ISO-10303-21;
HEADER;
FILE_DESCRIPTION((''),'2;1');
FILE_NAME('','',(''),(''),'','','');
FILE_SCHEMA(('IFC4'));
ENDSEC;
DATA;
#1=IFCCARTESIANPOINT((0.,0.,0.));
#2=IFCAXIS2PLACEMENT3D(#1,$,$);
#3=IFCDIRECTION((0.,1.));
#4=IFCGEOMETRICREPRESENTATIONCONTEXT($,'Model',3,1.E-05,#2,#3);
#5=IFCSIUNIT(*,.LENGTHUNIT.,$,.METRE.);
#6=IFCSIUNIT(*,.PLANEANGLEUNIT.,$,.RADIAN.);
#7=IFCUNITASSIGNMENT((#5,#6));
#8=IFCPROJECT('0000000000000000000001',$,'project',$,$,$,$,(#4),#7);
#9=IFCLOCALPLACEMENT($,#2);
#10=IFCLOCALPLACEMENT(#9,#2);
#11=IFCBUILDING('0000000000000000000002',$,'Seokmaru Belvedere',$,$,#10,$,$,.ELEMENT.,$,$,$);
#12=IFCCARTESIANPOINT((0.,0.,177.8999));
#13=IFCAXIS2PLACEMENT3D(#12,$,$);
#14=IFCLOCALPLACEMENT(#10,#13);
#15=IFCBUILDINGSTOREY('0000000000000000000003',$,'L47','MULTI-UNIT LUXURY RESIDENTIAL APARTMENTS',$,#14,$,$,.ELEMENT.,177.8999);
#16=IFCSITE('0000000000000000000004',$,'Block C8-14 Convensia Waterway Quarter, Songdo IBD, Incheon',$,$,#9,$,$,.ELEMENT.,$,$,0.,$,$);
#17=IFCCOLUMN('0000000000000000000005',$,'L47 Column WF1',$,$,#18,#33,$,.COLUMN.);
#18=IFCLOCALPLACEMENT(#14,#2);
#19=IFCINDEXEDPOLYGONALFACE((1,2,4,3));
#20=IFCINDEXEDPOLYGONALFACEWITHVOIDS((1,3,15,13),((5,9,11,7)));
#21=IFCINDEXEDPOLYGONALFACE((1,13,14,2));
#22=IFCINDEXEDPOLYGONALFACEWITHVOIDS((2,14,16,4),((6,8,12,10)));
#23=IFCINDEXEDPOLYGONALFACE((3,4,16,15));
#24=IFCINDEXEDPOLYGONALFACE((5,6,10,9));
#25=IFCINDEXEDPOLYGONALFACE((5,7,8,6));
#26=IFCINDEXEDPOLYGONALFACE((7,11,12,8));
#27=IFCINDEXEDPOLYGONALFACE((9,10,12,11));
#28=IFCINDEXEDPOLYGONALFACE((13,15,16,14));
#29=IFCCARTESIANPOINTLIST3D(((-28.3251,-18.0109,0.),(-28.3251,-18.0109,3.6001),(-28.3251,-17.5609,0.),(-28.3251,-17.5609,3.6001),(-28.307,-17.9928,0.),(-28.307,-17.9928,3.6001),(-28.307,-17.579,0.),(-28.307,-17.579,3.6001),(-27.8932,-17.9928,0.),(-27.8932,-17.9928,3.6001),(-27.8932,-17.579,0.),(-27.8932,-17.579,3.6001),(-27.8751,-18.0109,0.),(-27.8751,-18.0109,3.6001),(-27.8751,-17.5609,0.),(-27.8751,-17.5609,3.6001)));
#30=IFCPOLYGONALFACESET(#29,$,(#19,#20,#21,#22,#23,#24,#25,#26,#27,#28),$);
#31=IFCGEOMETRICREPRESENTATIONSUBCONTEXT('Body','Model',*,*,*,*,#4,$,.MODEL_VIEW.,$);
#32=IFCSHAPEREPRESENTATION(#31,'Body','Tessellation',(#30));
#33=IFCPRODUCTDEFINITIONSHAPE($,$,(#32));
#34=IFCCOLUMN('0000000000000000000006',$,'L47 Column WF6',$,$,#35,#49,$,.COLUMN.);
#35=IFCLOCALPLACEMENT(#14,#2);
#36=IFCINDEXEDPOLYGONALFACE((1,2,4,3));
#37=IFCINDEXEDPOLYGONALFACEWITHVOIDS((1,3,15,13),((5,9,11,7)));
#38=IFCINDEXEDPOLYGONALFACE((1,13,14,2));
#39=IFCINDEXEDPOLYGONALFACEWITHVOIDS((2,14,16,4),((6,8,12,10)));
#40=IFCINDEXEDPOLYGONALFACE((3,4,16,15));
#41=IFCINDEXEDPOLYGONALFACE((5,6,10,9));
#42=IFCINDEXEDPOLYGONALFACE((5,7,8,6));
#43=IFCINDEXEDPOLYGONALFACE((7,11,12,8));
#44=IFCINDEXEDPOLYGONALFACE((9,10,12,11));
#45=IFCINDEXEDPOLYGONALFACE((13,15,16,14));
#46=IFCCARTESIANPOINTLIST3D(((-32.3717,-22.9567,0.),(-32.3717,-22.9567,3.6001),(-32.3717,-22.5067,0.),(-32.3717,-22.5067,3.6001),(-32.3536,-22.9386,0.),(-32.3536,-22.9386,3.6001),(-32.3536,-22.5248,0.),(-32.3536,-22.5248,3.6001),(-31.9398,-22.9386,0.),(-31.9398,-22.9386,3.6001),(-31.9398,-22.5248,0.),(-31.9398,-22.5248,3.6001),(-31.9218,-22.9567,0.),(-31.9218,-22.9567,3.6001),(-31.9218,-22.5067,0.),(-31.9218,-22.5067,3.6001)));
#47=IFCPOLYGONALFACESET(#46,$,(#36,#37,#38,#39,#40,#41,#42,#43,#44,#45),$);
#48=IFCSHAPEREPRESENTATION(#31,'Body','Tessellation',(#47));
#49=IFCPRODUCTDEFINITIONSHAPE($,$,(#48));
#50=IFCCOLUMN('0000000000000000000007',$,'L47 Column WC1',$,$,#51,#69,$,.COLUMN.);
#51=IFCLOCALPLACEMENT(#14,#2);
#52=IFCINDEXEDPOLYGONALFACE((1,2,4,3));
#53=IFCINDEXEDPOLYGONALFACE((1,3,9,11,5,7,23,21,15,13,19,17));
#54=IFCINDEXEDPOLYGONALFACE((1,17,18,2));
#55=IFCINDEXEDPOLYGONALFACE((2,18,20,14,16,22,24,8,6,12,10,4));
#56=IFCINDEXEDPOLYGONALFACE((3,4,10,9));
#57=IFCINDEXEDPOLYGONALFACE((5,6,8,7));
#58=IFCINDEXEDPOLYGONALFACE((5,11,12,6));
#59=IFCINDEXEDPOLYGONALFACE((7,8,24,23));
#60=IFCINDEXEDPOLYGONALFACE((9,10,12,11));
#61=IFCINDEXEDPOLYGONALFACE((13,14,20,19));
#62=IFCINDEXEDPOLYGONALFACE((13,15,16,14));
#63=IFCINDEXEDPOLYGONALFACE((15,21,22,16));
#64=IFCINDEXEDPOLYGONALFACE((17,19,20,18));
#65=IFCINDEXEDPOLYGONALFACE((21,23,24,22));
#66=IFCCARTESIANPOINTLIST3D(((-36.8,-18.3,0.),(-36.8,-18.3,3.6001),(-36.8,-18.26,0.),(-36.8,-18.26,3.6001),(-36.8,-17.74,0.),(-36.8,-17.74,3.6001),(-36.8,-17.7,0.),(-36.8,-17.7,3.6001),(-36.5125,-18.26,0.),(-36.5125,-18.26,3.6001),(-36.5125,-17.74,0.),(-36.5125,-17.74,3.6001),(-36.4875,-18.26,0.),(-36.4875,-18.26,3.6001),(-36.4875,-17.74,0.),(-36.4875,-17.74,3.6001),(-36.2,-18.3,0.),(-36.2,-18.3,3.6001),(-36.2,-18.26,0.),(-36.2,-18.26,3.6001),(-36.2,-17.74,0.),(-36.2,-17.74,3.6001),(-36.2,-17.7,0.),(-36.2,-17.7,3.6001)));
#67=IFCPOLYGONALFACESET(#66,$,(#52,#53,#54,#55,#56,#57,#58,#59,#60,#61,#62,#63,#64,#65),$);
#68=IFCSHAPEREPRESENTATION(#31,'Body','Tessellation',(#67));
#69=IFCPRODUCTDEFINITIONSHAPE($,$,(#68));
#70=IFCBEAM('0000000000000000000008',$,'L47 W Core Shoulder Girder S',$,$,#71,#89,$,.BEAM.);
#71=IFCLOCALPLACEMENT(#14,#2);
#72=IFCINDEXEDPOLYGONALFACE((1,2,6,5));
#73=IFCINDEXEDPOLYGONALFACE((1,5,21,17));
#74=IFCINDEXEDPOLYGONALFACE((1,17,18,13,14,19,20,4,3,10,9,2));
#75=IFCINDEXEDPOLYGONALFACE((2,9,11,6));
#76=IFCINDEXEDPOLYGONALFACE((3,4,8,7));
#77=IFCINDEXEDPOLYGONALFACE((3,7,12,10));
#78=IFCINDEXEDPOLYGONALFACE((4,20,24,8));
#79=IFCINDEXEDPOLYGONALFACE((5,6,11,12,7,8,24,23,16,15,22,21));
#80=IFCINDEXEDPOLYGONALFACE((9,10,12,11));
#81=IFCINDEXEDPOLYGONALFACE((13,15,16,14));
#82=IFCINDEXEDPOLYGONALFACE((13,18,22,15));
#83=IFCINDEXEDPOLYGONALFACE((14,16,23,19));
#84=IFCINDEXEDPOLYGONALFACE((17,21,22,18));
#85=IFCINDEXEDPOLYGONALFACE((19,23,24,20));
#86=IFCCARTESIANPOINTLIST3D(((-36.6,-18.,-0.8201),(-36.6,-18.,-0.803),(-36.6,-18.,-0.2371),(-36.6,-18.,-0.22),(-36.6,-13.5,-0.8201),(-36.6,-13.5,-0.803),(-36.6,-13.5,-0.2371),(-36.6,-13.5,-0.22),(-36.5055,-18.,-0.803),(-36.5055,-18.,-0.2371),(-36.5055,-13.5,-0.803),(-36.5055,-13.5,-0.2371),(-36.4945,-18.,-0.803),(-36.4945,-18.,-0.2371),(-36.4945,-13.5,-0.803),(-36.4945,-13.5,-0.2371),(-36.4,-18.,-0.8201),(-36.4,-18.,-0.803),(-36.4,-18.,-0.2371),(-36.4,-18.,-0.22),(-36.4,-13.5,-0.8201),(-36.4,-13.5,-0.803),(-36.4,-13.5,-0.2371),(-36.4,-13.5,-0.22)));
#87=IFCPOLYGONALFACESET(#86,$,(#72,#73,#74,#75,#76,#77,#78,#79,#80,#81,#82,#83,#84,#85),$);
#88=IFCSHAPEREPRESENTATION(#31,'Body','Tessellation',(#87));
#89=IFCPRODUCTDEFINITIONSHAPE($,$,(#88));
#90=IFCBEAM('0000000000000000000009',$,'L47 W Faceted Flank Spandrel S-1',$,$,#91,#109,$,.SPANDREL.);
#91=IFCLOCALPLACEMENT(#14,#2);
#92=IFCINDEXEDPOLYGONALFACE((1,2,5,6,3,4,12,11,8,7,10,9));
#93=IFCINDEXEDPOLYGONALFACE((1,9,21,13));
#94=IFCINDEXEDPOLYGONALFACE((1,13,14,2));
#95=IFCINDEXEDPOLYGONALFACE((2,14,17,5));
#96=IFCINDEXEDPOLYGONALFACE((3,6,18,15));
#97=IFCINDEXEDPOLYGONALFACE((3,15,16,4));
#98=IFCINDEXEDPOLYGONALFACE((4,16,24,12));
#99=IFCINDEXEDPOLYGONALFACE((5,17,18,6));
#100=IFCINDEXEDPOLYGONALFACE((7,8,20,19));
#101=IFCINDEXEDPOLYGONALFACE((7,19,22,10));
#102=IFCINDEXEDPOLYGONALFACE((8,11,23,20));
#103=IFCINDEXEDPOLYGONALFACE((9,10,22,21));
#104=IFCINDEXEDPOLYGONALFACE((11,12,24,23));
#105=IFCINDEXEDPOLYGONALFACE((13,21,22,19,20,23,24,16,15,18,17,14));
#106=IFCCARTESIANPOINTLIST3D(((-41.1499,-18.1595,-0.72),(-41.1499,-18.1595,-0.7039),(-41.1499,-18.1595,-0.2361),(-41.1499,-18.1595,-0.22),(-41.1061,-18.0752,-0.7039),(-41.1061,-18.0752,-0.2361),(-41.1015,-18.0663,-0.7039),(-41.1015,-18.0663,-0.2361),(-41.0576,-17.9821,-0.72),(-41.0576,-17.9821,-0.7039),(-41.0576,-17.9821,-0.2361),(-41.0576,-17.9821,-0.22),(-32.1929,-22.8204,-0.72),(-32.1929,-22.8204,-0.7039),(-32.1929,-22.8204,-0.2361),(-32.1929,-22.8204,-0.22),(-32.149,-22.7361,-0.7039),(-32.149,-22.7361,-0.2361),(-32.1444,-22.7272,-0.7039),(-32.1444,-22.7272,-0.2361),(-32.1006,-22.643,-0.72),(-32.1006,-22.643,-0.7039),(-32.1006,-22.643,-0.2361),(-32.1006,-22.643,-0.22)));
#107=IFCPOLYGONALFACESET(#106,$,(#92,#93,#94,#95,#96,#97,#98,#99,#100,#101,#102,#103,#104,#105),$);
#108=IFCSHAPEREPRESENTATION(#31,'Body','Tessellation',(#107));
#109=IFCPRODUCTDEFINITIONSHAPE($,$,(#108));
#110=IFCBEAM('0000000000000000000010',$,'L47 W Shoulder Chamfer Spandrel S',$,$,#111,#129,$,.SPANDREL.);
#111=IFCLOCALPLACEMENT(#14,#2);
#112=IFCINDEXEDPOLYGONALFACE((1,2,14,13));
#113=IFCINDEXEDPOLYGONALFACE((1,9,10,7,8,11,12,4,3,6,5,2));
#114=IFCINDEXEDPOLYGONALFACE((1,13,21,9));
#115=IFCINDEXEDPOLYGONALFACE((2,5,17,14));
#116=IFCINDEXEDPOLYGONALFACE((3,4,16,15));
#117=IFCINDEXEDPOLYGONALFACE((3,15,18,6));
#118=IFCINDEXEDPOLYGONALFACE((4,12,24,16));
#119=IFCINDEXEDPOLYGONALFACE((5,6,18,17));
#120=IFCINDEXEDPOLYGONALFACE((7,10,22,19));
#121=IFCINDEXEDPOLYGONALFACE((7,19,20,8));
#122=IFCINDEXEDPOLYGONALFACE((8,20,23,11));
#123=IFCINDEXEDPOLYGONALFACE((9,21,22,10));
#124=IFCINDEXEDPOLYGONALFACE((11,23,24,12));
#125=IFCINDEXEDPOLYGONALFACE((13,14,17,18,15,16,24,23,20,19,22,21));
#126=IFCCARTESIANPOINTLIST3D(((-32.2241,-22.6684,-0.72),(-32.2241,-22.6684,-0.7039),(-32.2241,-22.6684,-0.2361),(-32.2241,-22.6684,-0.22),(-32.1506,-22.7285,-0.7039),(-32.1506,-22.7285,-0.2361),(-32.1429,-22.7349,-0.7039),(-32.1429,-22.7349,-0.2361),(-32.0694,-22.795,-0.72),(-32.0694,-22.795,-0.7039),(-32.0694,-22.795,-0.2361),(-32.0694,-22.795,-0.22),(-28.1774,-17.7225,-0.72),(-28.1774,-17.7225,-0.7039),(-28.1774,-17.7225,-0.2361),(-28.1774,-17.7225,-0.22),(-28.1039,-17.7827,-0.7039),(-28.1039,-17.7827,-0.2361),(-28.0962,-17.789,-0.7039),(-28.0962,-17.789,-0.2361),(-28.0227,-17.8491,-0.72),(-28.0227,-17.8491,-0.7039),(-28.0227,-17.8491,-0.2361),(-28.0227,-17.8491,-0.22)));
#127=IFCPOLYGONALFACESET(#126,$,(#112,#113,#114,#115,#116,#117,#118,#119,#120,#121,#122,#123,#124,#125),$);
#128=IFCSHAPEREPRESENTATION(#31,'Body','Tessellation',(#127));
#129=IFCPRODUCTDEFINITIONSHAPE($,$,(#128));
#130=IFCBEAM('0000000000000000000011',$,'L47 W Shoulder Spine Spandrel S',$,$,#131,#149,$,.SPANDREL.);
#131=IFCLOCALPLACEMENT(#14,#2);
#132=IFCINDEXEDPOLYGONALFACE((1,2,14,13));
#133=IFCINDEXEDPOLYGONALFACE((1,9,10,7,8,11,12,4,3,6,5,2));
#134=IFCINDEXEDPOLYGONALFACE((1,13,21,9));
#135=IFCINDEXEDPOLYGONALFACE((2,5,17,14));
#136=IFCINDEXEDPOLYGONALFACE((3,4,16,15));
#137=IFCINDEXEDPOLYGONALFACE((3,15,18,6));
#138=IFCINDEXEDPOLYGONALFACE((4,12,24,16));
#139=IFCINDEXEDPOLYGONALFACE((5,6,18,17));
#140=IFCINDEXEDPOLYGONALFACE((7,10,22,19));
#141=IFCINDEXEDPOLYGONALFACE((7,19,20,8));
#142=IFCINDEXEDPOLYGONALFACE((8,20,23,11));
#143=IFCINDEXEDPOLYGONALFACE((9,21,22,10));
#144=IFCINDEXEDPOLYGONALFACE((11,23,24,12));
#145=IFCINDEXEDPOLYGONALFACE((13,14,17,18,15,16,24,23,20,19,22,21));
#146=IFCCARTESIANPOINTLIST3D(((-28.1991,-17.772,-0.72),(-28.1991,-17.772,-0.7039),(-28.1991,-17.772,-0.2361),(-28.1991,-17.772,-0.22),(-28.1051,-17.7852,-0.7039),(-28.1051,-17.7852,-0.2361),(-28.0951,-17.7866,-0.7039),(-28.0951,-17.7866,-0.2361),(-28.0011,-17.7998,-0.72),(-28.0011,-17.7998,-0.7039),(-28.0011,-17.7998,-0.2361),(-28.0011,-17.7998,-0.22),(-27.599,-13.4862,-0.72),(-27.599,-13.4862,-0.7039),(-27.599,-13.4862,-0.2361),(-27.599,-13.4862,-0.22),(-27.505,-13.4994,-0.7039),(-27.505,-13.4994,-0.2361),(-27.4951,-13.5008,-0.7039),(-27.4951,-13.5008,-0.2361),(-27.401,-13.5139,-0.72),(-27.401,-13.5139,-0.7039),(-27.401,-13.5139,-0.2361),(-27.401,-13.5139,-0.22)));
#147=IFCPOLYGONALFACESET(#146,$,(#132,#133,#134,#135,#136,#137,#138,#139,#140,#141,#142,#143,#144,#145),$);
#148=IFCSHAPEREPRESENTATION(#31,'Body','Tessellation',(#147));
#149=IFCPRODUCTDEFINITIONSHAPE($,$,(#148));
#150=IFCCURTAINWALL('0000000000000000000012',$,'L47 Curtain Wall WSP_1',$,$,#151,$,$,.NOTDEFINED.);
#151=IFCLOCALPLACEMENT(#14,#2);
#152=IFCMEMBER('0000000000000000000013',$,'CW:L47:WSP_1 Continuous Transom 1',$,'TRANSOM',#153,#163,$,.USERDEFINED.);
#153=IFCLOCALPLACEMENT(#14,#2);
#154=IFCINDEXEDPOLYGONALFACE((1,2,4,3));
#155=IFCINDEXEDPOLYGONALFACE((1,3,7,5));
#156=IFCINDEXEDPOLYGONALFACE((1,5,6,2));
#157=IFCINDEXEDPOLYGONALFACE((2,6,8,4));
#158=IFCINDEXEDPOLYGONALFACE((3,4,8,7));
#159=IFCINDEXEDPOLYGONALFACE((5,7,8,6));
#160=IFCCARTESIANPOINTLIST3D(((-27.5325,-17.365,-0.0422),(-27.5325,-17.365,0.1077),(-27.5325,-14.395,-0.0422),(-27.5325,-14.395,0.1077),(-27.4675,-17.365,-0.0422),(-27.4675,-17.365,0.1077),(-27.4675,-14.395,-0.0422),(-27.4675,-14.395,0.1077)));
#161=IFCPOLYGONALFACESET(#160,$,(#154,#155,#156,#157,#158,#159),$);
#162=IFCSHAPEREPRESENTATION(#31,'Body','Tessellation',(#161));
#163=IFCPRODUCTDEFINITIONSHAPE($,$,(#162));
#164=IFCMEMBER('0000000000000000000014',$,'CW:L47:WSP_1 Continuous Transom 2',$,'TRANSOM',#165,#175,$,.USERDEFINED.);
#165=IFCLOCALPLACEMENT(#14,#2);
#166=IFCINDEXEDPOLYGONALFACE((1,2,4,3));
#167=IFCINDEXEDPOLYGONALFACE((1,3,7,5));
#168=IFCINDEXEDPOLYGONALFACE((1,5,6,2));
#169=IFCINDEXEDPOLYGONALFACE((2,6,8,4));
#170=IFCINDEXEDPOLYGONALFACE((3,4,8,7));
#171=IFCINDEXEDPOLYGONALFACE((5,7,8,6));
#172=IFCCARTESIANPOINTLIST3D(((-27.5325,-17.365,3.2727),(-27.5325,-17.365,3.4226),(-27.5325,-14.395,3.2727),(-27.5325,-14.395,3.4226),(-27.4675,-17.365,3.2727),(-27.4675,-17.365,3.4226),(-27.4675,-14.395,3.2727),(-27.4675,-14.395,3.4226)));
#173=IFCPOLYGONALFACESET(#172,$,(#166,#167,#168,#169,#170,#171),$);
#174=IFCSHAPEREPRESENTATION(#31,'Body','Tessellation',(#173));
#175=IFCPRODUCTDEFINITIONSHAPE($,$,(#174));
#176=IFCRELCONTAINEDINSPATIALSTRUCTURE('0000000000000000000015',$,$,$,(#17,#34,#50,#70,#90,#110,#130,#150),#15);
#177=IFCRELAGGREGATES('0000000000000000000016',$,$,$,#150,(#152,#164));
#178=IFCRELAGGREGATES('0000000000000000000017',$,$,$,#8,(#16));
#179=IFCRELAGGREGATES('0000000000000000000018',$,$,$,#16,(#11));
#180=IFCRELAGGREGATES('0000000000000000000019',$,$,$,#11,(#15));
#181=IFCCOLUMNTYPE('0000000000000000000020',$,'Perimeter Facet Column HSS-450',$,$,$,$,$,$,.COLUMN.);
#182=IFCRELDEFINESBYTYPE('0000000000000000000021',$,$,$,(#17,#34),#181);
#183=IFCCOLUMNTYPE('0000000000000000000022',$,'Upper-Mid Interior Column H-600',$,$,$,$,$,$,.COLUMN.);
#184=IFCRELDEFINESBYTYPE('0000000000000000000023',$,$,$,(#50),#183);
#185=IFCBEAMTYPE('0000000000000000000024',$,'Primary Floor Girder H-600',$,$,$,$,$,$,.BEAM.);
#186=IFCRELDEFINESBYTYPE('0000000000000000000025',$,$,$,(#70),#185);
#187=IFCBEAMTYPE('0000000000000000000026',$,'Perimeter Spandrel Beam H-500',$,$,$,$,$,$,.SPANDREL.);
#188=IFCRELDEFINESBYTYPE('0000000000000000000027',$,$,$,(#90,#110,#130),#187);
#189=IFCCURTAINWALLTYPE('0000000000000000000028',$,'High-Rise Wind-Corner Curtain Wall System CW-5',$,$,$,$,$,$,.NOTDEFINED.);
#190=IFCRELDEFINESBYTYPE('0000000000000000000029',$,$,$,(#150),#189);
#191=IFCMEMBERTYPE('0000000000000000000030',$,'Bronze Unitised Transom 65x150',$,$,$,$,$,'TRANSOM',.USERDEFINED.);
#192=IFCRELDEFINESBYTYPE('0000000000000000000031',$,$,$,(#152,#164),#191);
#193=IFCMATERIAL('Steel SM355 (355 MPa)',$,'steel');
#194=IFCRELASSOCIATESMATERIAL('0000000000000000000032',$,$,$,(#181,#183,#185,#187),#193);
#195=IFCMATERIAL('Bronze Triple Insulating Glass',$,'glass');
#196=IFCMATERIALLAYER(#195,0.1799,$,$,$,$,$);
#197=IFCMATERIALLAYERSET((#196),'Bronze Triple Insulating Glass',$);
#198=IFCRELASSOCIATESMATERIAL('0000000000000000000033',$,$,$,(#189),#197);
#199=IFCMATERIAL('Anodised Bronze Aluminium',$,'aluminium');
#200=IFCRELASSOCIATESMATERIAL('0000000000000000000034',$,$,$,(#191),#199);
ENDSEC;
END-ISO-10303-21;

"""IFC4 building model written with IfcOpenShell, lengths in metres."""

from ifc_helpers import new_model, si_unit, direction, frame, origin, origin_2d, place, context, subcontext, project, spatial, rectangle, hollow_rectangle, i_section, extrude, source, transform, mapped, material, layer, layer_set, material_profile, profile_set, type_object, type_shapes, element, aggregate, save


model = new_model("IFC4")

# Units and contexts
model_context = context("Model", 3, precision=1e-05, world=origin(), true_north=direction((0.0, 1.0)))
body_context = subcontext(model_context, "Body", "Model", "MODEL_VIEW")
ifc_project = project(units=[si_unit("LENGTHUNIT", "METRE"), si_unit("PLANEANGLEUNIT", "RADIAN")], contexts=[model_context])

# Site, building, storey
site_placement = place(None, origin())
site = spatial("IfcSite", under=ifc_project, at=site_placement, Name="Block C8-14 Convensia Waterway Quarter, Songdo IBD, Incheon", CompositionType="ELEMENT", RefElevation=0.0)
building_placement = place(site_placement, origin())
building = spatial("IfcBuilding", under=site, at=building_placement, Name="Seokmaru Belvedere", CompositionType="ELEMENT")
storey_placement = place(building_placement, frame((0.0, 0.0, 177.8999)))
storey = spatial("IfcBuildingStorey", under=building, at=storey_placement, Name="L47", Description="MULTI-UNIT LUXURY RESIDENTIAL APARTMENTS", CompositionType="ELEMENT", Elevation=177.8999)

# Columns
ifc_material_1 = material(Name="Steel SM355 (355 MPa)", Category="steel")
ifc_material_profile_1 = material_profile(ifc_material_1, hollow_rectangle(XDim=0.45, YDim=0.45, WallThickness=0.0181, at=origin_2d()), Name="HSS-450x450x18")
ifc_profile_set_1 = profile_set([ifc_material_profile_1], Name="Steel SM355 (355 MPa)")
column_type_1 = type_object("IfcColumnType", Name="Perimeter Facet Column HSS-450", PredefinedType="COLUMN", material=ifc_profile_set_1)
shared_shape_1 = source(origin(), body_context, "Body", "SweptSolid", [
    extrude(hollow_rectangle(XDim=0.45, YDim=0.45, WallThickness=0.0181, at=origin_2d()), origin(), (0.0, 0.0, 1.0), 3.6001),
])
type_shapes(column_type_1, [shared_shape_1])
for number, where, z_axis, x_axis, name in (
    (1, (-28.1001, -17.7859, 0.0), (0.0, 0.0, 1.0), (1.0, 0.0, 0.0), "L47 Column WF1"),
    (2, (-32.1467, -22.7317, 0.0), (0.0, 0.0, 1.0), (1.0, 0.0, 0.0), "L47 Column WF6"),
):
    element("IfcColumn", number, at=place(storey_placement, frame(where, z_axis=z_axis, x_axis=x_axis)), inside=storey, type_object=column_type_1, Name=name, PredefinedType="COLUMN", context=body_context, shape_type="MappedRepresentation", body=[
        mapped(shared_shape_1, transform((0.0, 0.0, 0.0), scale=1.0)),
    ])
ifc_material_profile_2 = material_profile(ifc_material_1, i_section(OverallWidth=0.6001, OverallDepth=0.6001, WebThickness=0.0249, FlangeThickness=0.04, at=origin_2d()), Name="H-600x600x25x40")
ifc_profile_set_2 = profile_set([ifc_material_profile_2], Name="Steel SM355 (355 MPa)")
column_type_2 = type_object("IfcColumnType", Name="Upper-Mid Interior Column H-600", PredefinedType="COLUMN", material=ifc_profile_set_2)
shared_shape_2 = source(origin(), body_context, "Body", "SweptSolid", [
    extrude(i_section(OverallWidth=0.6001, OverallDepth=0.6001, WebThickness=0.0249, FlangeThickness=0.04, at=origin_2d()), origin(), (0.0, 0.0, 1.0), 3.6001),
])
type_shapes(column_type_2, [shared_shape_2])
column_placement = place(storey_placement, frame((-36.5, -18.0, 0.0), z_axis=(0.0, 0.0, 1.0), x_axis=(1.0, 0.0, 0.0)))
element("IfcColumn", 3, at=column_placement, inside=storey, type_object=column_type_2, Name="L47 Column WC1", PredefinedType="COLUMN", context=body_context, shape_type="MappedRepresentation", body=[
    mapped(shared_shape_2, transform((0.0, 0.0, 0.0), scale=1.0)),
])

# Beams
ifc_material_profile_3 = material_profile(ifc_material_1, i_section(OverallWidth=0.2, OverallDepth=0.6001, WebThickness=0.011, FlangeThickness=0.0171, at=origin_2d()), Name="H-600x200x11x17")
ifc_profile_set_3 = profile_set([ifc_material_profile_3], Name="Steel SM355 (355 MPa)")
beam_type_1 = type_object("IfcBeamType", Name="Primary Floor Girder H-600", PredefinedType="BEAM", material=ifc_profile_set_3)
shared_shape_3 = source(origin(), body_context, "Body", "SweptSolid", [
    extrude(i_section(OverallWidth=0.2, OverallDepth=0.6001, WebThickness=0.011, FlangeThickness=0.0171, at=origin_2d()), origin(), (0.0, 0.0, 1.0), 4.5),
])
type_shapes(beam_type_1, [shared_shape_3])
beam_1_placement = place(storey_placement, frame((-36.5, -18.0, -0.52), z_axis=(0.0, 1.0, 0.0), x_axis=(-1.0, 0.0, 0.0)))
element("IfcBeam", 4, at=beam_1_placement, inside=storey, type_object=beam_type_1, Name="L47 W Core Shoulder Girder S", PredefinedType="BEAM", context=body_context, shape_type="MappedRepresentation", body=[
    mapped(shared_shape_3, transform((0.0, 0.0, 0.0), scale=1.0)),
])
ifc_material_profile_4 = material_profile(ifc_material_1, i_section(OverallWidth=0.2, OverallDepth=0.5, WebThickness=0.01, FlangeThickness=0.0161, at=origin_2d()), Name="H-500x200x10x16")
ifc_profile_set_4 = profile_set([ifc_material_profile_4], Name="Steel SM355 (355 MPa)")
beam_type_2 = type_object("IfcBeamType", Name="Perimeter Spandrel Beam H-500", PredefinedType="SPANDREL", material=ifc_profile_set_4)
shared_shape_4 = source(origin(), body_context, "Body", "SweptSolid", [
    extrude(i_section(OverallWidth=0.2, OverallDepth=0.5, WebThickness=0.01, FlangeThickness=0.0161, at=origin_2d()), origin(), (0.0, 0.0, 1.0), 10.0972),
])
beam_2_placement = place(storey_placement, frame((-32.1467, -22.7317, -0.47), z_axis=(-0.887086, 0.461605, 0.0), x_axis=(-0.461605, -0.887086, 0.0)))
element("IfcBeam", 5, at=beam_2_placement, inside=storey, type_object=beam_type_2, Name="L47 W Faceted Flank Spandrel S-1", PredefinedType="SPANDREL", context=body_context, shape_type="MappedRepresentation", body=[
    mapped(shared_shape_4, transform((0.0, 0.0, 0.0), scale=1.0)),
])
shared_shape_5 = source(origin(), body_context, "Body", "SweptSolid", [
    extrude(i_section(OverallWidth=0.2, OverallDepth=0.5, WebThickness=0.01, FlangeThickness=0.0161, at=origin_2d()), origin(), (0.0, 0.0, 1.0), 6.3904),
])
beam_3_placement = place(storey_placement, frame((-32.1467, -22.7317, -0.47), z_axis=(0.633244, 0.773952, 0.0), x_axis=(-0.773952, 0.633244, 0.0)))
element("IfcBeam", 6, at=beam_3_placement, inside=storey, type_object=beam_type_2, Name="L47 W Shoulder Chamfer Spandrel S", PredefinedType="SPANDREL", context=body_context, shape_type="MappedRepresentation", body=[
    mapped(shared_shape_5, transform((0.0, 0.0, 0.0), scale=1.0)),
])
shared_shape_6 = source(origin(), body_context, "Body", "SweptSolid", [
    extrude(i_section(OverallWidth=0.2, OverallDepth=0.5, WebThickness=0.01, FlangeThickness=0.0161, at=origin_2d()), origin(), (0.0, 0.0, 1.0), 4.3276),
])
type_shapes(beam_type_2, [shared_shape_4, shared_shape_5, shared_shape_6])
beam_4_placement = place(storey_placement, frame((-28.1001, -17.7859, -0.47), z_axis=(0.138664, 0.990339, 0.0), x_axis=(-0.990339, 0.138664, 0.0)))
element("IfcBeam", 7, at=beam_4_placement, inside=storey, type_object=beam_type_2, Name="L47 W Shoulder Spine Spandrel S", PredefinedType="SPANDREL", context=body_context, shape_type="MappedRepresentation", body=[
    mapped(shared_shape_6, transform((0.0, 0.0, 0.0), scale=1.0)),
])

# Curtain wall, members
ifc_material_2 = material(Name="Bronze Triple Insulating Glass", Category="glass")
ifc_layer_1 = layer(ifc_material_2, 0.1799)
ifc_layer_set_1 = layer_set([ifc_layer_1], Name="Bronze Triple Insulating Glass")
curtain_wall_type = type_object("IfcCurtainWallType", Name="High-Rise Wind-Corner Curtain Wall System CW-5", PredefinedType="NOTDEFINED", material=ifc_layer_set_1)
curtain_wall_1_placement = place(storey_placement, origin())
curtain_wall_1 = element("IfcCurtainWall", 8, at=curtain_wall_1_placement, inside=storey, type_object=curtain_wall_type, Name="L47 Curtain Wall WSP_1", PredefinedType="NOTDEFINED")
ifc_material_3 = material(Name="Anodised Bronze Aluminium", Category="aluminium")
ifc_material_profile_5 = material_profile(ifc_material_3, rectangle(XDim=0.0649, YDim=0.1499, at=origin_2d()), Name="CW-T-65x150")
ifc_profile_set_5 = profile_set([ifc_material_profile_5], Name="Anodised Bronze Aluminium")
member_type_1 = type_object("IfcMemberType", Name="Bronze Unitised Transom 65x150", ElementType="TRANSOM", PredefinedType="USERDEFINED", material=ifc_profile_set_5)
shared_shape_7 = source(origin(), body_context, "Body", "SweptSolid", [
    extrude(rectangle(XDim=0.0649, YDim=0.1499, at=origin_2d()), origin(), (0.0, 0.0, 1.0), 2.97),
])
member_1_placement = place(storey_placement, frame((-27.5, -17.365, 0.0327), z_axis=(0.0, 1.0, 0.0), x_axis=(-1.0, 0.0, 0.0)))
member_1 = element("IfcMember", 9, at=member_1_placement, type_object=member_type_1, Name="CW:L47:WSP_1 Continuous Transom 1", ObjectType="TRANSOM", PredefinedType="USERDEFINED", context=body_context, shape_type="MappedRepresentation", body=[
    mapped(shared_shape_7, transform((0.0, 0.0, 0.0), scale=1.0)),
])
member_2_placement = place(storey_placement, frame((-27.5, -17.365, 3.3477), z_axis=(0.0, 1.0, 0.0), x_axis=(-1.0, 0.0, 0.0)))
member_2 = element("IfcMember", 10, at=member_2_placement, type_object=member_type_1, Name="CW:L47:WSP_1 Continuous Transom 2", ObjectType="TRANSOM", PredefinedType="USERDEFINED", context=body_context, shape_type="MappedRepresentation", body=[
    mapped(shared_shape_7, transform((0.0, 0.0, 0.0), scale=1.0)),
])

aggregate(curtain_wall_1, [member_1, member_2])

save(model, "model.ifc")
